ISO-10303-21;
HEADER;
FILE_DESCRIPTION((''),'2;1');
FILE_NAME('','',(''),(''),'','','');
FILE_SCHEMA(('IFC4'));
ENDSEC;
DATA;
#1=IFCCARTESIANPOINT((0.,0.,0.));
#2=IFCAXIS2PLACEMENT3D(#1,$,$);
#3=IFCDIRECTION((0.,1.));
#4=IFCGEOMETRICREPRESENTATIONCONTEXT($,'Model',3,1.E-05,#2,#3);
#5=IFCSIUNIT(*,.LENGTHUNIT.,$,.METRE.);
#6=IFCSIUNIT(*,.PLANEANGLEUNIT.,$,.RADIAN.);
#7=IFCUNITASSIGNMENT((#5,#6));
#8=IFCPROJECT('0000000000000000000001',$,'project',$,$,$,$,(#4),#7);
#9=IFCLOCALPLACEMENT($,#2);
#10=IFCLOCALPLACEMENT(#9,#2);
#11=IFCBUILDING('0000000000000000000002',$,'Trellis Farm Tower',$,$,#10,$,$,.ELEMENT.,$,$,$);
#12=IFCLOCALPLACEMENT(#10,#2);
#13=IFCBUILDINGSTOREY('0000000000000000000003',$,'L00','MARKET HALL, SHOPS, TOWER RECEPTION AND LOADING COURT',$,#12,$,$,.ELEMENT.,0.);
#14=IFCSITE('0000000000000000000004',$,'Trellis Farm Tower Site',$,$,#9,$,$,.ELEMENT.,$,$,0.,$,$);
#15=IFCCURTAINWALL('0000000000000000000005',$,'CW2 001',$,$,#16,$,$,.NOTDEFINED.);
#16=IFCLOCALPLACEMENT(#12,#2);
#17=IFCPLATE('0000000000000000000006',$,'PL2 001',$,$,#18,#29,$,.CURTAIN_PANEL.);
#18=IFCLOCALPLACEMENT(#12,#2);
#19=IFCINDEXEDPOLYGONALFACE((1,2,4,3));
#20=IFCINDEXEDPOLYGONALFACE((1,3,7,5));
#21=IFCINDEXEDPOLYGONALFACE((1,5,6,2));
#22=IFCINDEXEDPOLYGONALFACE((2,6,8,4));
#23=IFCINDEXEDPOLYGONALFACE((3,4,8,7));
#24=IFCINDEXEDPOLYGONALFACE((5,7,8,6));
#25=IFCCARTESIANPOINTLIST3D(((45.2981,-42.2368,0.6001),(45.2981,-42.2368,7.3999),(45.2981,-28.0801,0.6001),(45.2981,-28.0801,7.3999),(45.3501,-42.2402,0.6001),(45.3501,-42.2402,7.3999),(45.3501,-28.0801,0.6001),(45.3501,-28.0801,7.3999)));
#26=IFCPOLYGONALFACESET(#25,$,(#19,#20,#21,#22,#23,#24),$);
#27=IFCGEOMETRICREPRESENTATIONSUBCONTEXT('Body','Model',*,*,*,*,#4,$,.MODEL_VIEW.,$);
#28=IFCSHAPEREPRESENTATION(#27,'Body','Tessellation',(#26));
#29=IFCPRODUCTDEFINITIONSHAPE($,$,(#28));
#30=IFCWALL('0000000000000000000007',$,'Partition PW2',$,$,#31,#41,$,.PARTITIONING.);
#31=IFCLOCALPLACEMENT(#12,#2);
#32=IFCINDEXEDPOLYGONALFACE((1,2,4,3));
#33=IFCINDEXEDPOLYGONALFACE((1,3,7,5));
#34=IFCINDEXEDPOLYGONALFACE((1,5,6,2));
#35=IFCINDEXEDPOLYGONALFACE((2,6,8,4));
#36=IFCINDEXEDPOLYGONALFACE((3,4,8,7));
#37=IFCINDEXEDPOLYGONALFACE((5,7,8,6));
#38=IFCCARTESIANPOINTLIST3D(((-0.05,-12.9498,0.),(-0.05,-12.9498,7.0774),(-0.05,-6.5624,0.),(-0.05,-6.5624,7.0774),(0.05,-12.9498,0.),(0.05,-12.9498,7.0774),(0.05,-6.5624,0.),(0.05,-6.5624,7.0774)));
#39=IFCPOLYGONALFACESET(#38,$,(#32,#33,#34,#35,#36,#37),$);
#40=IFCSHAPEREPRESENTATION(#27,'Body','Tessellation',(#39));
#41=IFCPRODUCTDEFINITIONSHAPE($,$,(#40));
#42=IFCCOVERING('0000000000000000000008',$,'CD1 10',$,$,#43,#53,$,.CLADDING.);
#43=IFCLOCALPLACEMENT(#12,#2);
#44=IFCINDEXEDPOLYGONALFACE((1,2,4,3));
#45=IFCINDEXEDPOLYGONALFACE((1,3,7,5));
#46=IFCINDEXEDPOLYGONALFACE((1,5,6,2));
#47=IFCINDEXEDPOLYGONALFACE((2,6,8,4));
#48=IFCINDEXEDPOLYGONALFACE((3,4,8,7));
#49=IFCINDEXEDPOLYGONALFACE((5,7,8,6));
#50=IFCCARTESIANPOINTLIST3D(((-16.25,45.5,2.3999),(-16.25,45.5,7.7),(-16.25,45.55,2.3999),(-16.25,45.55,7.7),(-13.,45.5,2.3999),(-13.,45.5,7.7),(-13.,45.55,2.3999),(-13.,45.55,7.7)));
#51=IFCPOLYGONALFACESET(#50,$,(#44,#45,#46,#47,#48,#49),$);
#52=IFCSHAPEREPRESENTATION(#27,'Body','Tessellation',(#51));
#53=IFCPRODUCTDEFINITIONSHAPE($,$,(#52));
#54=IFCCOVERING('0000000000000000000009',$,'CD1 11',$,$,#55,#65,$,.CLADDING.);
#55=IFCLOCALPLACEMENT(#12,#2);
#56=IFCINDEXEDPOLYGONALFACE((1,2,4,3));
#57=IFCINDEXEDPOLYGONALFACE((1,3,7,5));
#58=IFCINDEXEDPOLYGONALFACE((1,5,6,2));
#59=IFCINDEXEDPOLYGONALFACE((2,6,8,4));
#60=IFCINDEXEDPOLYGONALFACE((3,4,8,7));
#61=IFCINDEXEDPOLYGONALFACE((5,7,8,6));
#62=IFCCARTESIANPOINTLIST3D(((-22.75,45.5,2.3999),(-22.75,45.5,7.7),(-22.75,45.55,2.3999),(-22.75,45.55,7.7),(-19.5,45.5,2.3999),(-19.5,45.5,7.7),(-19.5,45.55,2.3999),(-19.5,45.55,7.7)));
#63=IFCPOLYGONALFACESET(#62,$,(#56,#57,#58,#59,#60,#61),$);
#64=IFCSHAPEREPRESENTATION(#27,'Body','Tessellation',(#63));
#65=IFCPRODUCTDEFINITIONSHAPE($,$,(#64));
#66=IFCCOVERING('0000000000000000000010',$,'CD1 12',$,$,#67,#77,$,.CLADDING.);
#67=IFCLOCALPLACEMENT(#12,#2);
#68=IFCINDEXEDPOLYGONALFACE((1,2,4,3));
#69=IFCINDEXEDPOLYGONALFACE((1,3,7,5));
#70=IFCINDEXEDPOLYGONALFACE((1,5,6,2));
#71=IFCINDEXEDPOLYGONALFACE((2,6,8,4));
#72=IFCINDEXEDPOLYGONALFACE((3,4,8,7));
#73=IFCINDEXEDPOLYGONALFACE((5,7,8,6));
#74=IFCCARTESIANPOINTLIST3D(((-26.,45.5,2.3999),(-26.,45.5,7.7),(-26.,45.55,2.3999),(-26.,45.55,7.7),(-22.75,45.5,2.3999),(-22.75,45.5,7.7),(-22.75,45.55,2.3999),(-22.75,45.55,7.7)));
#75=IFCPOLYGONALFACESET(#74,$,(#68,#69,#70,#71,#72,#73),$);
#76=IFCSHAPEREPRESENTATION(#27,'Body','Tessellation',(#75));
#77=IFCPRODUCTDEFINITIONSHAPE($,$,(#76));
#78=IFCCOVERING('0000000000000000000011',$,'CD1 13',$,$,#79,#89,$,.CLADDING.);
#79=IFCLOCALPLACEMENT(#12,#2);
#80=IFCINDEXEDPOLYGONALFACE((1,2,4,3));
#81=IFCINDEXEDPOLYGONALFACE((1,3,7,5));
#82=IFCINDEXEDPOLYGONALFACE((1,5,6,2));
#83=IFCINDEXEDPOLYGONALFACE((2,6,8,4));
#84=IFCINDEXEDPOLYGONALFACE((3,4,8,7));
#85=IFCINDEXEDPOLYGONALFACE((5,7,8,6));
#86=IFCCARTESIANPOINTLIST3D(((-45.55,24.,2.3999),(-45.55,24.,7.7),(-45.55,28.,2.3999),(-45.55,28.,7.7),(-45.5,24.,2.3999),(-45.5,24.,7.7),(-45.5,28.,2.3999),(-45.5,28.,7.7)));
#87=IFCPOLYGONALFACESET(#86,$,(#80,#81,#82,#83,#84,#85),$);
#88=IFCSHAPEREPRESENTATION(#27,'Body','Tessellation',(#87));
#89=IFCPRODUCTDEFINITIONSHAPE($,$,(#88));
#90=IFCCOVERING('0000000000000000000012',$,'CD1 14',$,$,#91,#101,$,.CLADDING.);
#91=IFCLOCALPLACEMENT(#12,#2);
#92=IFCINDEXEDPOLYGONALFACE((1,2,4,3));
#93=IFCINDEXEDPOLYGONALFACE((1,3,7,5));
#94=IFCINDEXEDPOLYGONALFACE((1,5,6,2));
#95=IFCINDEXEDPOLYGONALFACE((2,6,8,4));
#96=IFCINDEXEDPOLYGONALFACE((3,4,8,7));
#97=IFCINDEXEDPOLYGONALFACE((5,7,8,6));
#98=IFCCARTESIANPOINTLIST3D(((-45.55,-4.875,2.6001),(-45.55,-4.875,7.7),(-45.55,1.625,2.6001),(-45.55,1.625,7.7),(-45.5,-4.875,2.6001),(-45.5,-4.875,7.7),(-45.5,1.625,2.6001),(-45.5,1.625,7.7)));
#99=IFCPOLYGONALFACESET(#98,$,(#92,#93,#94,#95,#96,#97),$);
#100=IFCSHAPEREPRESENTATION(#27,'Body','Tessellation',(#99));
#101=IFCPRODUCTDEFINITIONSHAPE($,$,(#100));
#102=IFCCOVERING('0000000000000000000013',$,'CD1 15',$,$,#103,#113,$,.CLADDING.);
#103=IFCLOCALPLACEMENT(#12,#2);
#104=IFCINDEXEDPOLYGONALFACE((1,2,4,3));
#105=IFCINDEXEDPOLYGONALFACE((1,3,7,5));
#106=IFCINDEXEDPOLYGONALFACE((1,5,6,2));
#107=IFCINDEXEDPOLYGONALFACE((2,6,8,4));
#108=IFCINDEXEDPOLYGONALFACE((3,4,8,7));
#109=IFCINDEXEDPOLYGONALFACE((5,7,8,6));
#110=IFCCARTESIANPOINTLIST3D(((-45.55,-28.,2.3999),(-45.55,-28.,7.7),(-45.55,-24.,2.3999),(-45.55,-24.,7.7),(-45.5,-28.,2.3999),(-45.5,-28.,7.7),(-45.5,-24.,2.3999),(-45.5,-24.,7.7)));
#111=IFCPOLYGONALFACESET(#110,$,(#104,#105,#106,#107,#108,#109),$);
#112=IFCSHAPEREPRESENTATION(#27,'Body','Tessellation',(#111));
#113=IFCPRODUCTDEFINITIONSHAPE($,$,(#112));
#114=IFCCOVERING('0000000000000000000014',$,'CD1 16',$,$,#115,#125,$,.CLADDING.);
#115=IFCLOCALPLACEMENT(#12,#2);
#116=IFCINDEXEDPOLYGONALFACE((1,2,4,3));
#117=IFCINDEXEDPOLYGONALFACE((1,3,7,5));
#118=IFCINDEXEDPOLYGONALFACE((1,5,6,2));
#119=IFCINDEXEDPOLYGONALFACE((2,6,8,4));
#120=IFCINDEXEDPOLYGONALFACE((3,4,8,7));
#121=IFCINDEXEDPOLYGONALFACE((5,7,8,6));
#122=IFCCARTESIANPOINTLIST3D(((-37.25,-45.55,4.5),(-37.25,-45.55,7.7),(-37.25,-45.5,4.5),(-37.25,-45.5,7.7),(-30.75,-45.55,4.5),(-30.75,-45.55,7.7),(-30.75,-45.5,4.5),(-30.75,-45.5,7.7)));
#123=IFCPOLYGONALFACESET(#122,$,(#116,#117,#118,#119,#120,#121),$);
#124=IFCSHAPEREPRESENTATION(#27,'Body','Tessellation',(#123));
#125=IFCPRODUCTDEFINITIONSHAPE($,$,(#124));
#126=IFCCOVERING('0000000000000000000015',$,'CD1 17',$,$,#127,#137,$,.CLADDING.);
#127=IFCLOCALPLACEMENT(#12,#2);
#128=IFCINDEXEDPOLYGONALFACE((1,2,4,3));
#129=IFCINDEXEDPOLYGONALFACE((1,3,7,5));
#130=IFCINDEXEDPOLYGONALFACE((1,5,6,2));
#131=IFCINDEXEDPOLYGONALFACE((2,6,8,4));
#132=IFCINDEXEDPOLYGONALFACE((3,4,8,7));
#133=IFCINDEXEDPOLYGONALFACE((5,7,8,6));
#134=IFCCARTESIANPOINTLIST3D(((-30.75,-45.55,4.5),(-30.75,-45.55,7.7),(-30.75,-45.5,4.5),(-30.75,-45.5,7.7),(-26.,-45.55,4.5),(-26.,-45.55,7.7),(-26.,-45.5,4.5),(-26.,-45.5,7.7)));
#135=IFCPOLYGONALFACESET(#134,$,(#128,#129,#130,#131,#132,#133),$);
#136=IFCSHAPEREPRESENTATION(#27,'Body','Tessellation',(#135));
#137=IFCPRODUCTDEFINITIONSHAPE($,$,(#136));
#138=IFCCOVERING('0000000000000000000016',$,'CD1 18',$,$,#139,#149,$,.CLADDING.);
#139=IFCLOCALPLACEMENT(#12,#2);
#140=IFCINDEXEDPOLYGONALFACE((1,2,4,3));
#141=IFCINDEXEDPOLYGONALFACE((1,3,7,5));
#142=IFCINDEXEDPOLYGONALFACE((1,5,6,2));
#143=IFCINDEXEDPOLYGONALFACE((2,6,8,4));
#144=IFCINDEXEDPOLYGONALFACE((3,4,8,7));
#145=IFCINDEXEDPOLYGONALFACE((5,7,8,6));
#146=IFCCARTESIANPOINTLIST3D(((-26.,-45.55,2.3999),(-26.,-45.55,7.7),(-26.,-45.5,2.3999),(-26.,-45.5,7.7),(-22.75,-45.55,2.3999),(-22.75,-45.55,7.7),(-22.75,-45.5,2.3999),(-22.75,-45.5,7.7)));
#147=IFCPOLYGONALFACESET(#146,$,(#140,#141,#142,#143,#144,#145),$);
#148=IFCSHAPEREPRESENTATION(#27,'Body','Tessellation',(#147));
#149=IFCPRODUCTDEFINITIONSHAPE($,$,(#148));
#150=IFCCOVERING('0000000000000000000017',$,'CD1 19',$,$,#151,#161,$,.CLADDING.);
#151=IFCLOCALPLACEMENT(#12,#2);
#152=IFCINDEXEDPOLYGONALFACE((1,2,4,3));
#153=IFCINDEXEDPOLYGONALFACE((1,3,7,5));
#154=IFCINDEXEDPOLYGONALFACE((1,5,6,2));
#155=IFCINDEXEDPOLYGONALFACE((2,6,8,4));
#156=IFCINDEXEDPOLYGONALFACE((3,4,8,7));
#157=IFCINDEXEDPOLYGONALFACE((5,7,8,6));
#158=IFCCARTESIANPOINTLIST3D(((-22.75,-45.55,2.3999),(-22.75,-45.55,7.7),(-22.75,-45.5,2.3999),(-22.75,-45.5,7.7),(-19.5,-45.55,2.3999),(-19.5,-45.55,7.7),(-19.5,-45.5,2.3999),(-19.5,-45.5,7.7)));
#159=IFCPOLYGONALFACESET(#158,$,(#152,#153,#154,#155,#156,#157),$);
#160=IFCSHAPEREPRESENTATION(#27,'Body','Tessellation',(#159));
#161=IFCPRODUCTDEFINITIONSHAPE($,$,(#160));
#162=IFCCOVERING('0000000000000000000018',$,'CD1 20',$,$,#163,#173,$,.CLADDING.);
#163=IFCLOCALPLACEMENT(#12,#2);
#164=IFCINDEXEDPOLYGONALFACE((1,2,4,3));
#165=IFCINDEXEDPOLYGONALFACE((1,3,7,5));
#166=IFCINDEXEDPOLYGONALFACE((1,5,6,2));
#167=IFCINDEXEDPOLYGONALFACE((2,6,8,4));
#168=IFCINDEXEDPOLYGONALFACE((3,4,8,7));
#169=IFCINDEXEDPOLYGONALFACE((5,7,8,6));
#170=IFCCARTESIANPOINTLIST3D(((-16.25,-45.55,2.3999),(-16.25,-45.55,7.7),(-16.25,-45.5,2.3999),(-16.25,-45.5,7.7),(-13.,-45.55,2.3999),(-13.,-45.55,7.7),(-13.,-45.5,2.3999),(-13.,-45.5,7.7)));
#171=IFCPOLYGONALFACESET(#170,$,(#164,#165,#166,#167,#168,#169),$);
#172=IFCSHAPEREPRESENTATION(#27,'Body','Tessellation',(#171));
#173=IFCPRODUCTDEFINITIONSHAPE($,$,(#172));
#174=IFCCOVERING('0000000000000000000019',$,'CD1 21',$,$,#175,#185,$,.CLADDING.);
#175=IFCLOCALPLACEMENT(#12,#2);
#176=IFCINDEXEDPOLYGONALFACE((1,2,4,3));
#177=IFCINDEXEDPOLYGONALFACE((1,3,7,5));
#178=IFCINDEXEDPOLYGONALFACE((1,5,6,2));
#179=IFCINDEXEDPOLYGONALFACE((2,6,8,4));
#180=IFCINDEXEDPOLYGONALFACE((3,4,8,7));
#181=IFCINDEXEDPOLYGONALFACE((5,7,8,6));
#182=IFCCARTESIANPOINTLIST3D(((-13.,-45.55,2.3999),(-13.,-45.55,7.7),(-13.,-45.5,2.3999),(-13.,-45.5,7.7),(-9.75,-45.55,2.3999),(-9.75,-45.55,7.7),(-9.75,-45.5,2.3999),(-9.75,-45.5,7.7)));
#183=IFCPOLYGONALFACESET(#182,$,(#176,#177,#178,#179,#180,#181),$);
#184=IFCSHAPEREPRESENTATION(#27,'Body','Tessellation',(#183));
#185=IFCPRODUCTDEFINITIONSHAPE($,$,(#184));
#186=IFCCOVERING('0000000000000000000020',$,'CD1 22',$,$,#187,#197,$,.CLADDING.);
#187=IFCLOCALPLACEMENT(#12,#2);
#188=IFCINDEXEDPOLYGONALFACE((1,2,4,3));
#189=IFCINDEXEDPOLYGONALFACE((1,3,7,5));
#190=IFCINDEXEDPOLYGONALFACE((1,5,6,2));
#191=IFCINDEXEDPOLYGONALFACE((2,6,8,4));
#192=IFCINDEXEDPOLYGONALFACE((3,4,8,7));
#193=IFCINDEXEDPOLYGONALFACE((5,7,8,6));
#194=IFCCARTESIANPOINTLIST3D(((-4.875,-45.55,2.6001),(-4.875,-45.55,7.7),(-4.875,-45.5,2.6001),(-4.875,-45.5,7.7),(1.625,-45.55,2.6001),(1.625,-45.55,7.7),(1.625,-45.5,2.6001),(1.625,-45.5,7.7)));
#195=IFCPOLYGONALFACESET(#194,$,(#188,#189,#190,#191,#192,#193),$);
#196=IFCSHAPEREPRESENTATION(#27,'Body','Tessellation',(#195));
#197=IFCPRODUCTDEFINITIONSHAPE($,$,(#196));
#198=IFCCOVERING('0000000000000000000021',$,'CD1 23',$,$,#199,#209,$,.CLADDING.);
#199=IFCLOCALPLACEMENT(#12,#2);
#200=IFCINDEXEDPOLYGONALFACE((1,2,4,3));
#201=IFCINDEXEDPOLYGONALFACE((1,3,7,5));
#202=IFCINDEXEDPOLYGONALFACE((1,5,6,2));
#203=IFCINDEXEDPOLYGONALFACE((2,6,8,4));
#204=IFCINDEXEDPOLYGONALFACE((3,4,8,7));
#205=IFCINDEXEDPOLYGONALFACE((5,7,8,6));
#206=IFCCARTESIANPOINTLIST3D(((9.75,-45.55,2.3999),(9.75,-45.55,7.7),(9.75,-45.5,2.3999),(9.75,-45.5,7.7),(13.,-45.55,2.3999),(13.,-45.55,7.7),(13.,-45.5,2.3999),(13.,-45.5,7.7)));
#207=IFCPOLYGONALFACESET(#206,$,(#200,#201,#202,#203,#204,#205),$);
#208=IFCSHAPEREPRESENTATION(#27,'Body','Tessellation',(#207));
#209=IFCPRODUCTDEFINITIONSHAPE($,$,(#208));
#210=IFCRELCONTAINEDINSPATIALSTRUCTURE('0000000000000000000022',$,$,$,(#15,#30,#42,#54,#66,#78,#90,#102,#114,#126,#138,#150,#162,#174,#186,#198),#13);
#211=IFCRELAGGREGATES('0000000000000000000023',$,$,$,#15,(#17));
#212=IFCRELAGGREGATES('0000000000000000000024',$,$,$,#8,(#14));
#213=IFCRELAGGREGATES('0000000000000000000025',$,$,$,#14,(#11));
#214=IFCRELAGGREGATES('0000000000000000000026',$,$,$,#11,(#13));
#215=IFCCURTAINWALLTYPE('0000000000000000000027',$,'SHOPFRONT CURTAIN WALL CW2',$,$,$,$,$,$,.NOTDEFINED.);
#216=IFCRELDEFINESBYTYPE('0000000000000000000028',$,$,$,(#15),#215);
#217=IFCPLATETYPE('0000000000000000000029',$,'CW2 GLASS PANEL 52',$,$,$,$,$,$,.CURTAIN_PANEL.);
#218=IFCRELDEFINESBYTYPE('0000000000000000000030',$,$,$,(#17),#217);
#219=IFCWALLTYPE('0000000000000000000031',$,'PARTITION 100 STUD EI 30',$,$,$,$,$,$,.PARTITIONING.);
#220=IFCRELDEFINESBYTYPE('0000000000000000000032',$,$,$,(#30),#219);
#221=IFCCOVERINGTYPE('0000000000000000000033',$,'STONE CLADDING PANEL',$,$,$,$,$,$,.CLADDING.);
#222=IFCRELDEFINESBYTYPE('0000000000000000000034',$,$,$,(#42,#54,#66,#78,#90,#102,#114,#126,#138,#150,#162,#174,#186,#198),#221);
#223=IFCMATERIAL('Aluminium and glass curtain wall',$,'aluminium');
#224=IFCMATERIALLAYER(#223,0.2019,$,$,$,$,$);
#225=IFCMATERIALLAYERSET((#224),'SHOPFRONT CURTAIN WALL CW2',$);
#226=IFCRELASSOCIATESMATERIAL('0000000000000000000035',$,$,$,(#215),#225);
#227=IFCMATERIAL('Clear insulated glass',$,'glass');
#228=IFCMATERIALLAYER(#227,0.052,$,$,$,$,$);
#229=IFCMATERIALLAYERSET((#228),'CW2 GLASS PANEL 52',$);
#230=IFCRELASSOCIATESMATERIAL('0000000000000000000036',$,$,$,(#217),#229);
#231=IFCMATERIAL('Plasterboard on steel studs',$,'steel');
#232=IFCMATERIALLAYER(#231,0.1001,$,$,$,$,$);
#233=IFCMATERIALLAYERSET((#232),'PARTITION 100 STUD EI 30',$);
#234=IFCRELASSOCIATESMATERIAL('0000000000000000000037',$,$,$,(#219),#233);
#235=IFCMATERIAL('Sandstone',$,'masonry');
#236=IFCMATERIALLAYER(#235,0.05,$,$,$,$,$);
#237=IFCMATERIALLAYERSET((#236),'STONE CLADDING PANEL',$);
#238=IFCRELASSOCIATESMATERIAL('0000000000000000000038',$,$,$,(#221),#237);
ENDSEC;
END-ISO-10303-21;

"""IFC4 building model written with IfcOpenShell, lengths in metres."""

from ifc_helpers import new_model, si_unit, direction, frame, frame_2d, origin, place, context, subcontext, project, spatial, polyline, rectangle, outline, extrude, material, layer, layer_set, type_object, element, aggregate, save


model = new_model("IFC4")

# Units and contexts
model_context = context("Model", 3, precision=1e-05, world=origin(), true_north=direction((0.0, 1.0)))
body_context = subcontext(model_context, "Body", "Model", "MODEL_VIEW")
ifc_project = project(units=[si_unit("LENGTHUNIT", "METRE"), si_unit("PLANEANGLEUNIT", "RADIAN")], contexts=[model_context])

# Site, building, storey
site_placement = place(None, origin())
site = spatial("IfcSite", under=ifc_project, at=site_placement, Name="Trellis Farm Tower Site", CompositionType="ELEMENT", RefElevation=0.0)
building_placement = place(site_placement, origin())
building = spatial("IfcBuilding", under=site, at=building_placement, Name="Trellis Farm Tower", CompositionType="ELEMENT")
storey_placement = place(building_placement, origin())
storey = spatial("IfcBuildingStorey", under=building, at=storey_placement, Name="L00", Description="MARKET HALL, SHOPS, TOWER RECEPTION AND LOADING COURT", CompositionType="ELEMENT", Elevation=0.0)

# Curtain wall, plate
ifc_material_1 = material(Name="Aluminium and glass curtain wall", Category="aluminium")
ifc_layer_1 = layer(ifc_material_1, 0.2019)
ifc_layer_set_1 = layer_set([ifc_layer_1], Name="SHOPFRONT CURTAIN WALL CW2")
curtain_wall_type = type_object("IfcCurtainWallType", Name="SHOPFRONT CURTAIN WALL CW2", PredefinedType="NOTDEFINED", material=ifc_layer_set_1)
curtain_wall_placement = place(storey_placement, origin())
curtain_wall = element("IfcCurtainWall", 1, at=curtain_wall_placement, inside=storey, type_object=curtain_wall_type, Name="CW2 001", PredefinedType="NOTDEFINED")
ifc_material_2 = material(Name="Clear insulated glass", Category="glass")
ifc_layer_2 = layer(ifc_material_2, 0.052)
ifc_layer_set_2 = layer_set([ifc_layer_2], Name="CW2 GLASS PANEL 52")
plate_type = type_object("IfcPlateType", Name="CW2 GLASS PANEL 52", PredefinedType="CURTAIN_PANEL", material=ifc_layer_set_2)
plate_placement = place(storey_placement, frame((0.0, 0.0, 0.6001)))
plate = element("IfcPlate", 2, at=plate_placement, type_object=plate_type, Name="PL2 001", PredefinedType="CURTAIN_PANEL", context=body_context, shape_type="SweptSolid", body=[
    extrude(outline(polyline([(45.3501, -42.2402), (45.3501, -28.0801), (45.2981, -28.0801), (45.2981, -42.2368), (45.3501, -42.2402)])), origin(), (0.0, 0.0, 1.0), 6.7998),
])
aggregate(curtain_wall, [plate])

# Wall
ifc_material_3 = material(Name="Plasterboard on steel studs", Category="steel")
ifc_layer_3 = layer(ifc_material_3, 0.1001)
ifc_layer_set_3 = layer_set([ifc_layer_3], Name="PARTITION 100 STUD EI 30")
wall_type = type_object("IfcWallType", Name="PARTITION 100 STUD EI 30", PredefinedType="PARTITIONING", material=ifc_layer_set_3)
wall_placement = place(storey_placement, frame((0.0, -12.95, 0.0), z_axis=(0.0, 0.0, 1.0), x_axis=(0.0, 1.0, 0.0)))
element("IfcWall", 3, at=wall_placement, inside=storey, type_object=wall_type, Name="Partition PW2", PredefinedType="PARTITIONING", context=body_context, shape_type="SweptSolid", body=[
    extrude(rectangle(XDim=6.3875, YDim=0.1001, at=frame_2d((3.1938, 0.0))), origin(), (0.0, 0.0, 1.0), 7.0774),
])

# Coverings
ifc_material_4 = material(Name="Sandstone", Category="masonry")
ifc_layer_4 = layer(ifc_material_4, 0.05)
ifc_layer_set_4 = layer_set([ifc_layer_4], Name="STONE CLADDING PANEL")
covering_type = type_object("IfcCoveringType", Name="STONE CLADDING PANEL", PredefinedType="CLADDING", material=ifc_layer_set_4)
placement_1 = place(storey_placement, frame((0.0, 0.0, 2.3999)))
element("IfcCovering", 4, at=placement_1, inside=storey, type_object=covering_type, Name="CD1 10", PredefinedType="CLADDING", context=body_context, shape_type="SweptSolid", body=[
    extrude(outline(polyline([(-13.0, 45.55), (-16.25, 45.55), (-16.25, 45.5), (-13.0, 45.5), (-13.0, 45.55)])), origin(), (0.0, 0.0, 1.0), 5.3),
])
element("IfcCovering", 5, at=placement_1, inside=storey, type_object=covering_type, Name="CD1 11", PredefinedType="CLADDING", context=body_context, shape_type="SweptSolid", body=[
    extrude(outline(polyline([(-19.5, 45.55), (-22.75, 45.55), (-22.75, 45.5), (-19.5, 45.5), (-19.5, 45.55)])), origin(), (0.0, 0.0, 1.0), 5.3),
])
element("IfcCovering", 6, at=placement_1, inside=storey, type_object=covering_type, Name="CD1 12", PredefinedType="CLADDING", context=body_context, shape_type="SweptSolid", body=[
    extrude(outline(polyline([(-22.75, 45.55), (-26.0, 45.55), (-26.0, 45.5), (-22.75, 45.5), (-22.75, 45.55)])), origin(), (0.0, 0.0, 1.0), 5.3),
])
element("IfcCovering", 7, at=placement_1, inside=storey, type_object=covering_type, Name="CD1 13", PredefinedType="CLADDING", context=body_context, shape_type="SweptSolid", body=[
    extrude(outline(polyline([(-45.55, 28.0), (-45.55, 24.0), (-45.5, 24.0), (-45.5, 28.0), (-45.55, 28.0)])), origin(), (0.0, 0.0, 1.0), 5.3),
])
placement_2 = place(storey_placement, frame((0.0, 0.0, 2.6001)))
element("IfcCovering", 8, at=placement_2, inside=storey, type_object=covering_type, Name="CD1 14", PredefinedType="CLADDING", context=body_context, shape_type="SweptSolid", body=[
    extrude(outline(polyline([(-45.55, 1.625), (-45.55, -4.875), (-45.5, -4.875), (-45.5, 1.625), (-45.55, 1.625)])), origin(), (0.0, 0.0, 1.0), 5.0999),
])
element("IfcCovering", 9, at=placement_1, inside=storey, type_object=covering_type, Name="CD1 15", PredefinedType="CLADDING", context=body_context, shape_type="SweptSolid", body=[
    extrude(outline(polyline([(-45.55, -24.0), (-45.55, -28.0), (-45.5, -28.0), (-45.5, -24.0), (-45.55, -24.0)])), origin(), (0.0, 0.0, 1.0), 5.3),
])
placement_3 = place(storey_placement, frame((0.0, 0.0, 4.5)))
element("IfcCovering", 10, at=placement_3, inside=storey, type_object=covering_type, Name="CD1 16", PredefinedType="CLADDING", context=body_context, shape_type="SweptSolid", body=[
    extrude(outline(polyline([(-37.25, -45.55), (-30.75, -45.55), (-30.75, -45.5), (-37.25, -45.5), (-37.25, -45.55)])), origin(), (0.0, 0.0, 1.0), 3.2),
])
element("IfcCovering", 11, at=placement_3, inside=storey, type_object=covering_type, Name="CD1 17", PredefinedType="CLADDING", context=body_context, shape_type="SweptSolid", body=[
    extrude(outline(polyline([(-30.75, -45.55), (-26.0, -45.55), (-26.0, -45.5), (-30.75, -45.5), (-30.75, -45.55)])), origin(), (0.0, 0.0, 1.0), 3.2),
])
element("IfcCovering", 12, at=placement_1, inside=storey, type_object=covering_type, Name="CD1 18", PredefinedType="CLADDING", context=body_context, shape_type="SweptSolid", body=[
    extrude(outline(polyline([(-26.0, -45.55), (-22.75, -45.55), (-22.75, -45.5), (-26.0, -45.5), (-26.0, -45.55)])), origin(), (0.0, 0.0, 1.0), 5.3),
])
element("IfcCovering", 13, at=placement_1, inside=storey, type_object=covering_type, Name="CD1 19", PredefinedType="CLADDING", context=body_context, shape_type="SweptSolid", body=[
    extrude(outline(polyline([(-22.75, -45.55), (-19.5, -45.55), (-19.5, -45.5), (-22.75, -45.5), (-22.75, -45.55)])), origin(), (0.0, 0.0, 1.0), 5.3),
])
element("IfcCovering", 14, at=placement_1, inside=storey, type_object=covering_type, Name="CD1 20", PredefinedType="CLADDING", context=body_context, shape_type="SweptSolid", body=[
    extrude(outline(polyline([(-16.25, -45.55), (-13.0, -45.55), (-13.0, -45.5), (-16.25, -45.5), (-16.25, -45.55)])), origin(), (0.0, 0.0, 1.0), 5.3),
])
element("IfcCovering", 15, at=placement_1, inside=storey, type_object=covering_type, Name="CD1 21", PredefinedType="CLADDING", context=body_context, shape_type="SweptSolid", body=[
    extrude(outline(polyline([(-13.0, -45.55), (-9.75, -45.55), (-9.75, -45.5), (-13.0, -45.5), (-13.0, -45.55)])), origin(), (0.0, 0.0, 1.0), 5.3),
])
element("IfcCovering", 16, at=placement_2, inside=storey, type_object=covering_type, Name="CD1 22", PredefinedType="CLADDING", context=body_context, shape_type="SweptSolid", body=[
    extrude(outline(polyline([(-4.875, -45.55), (1.625, -45.55), (1.625, -45.5), (-4.875, -45.5), (-4.875, -45.55)])), origin(), (0.0, 0.0, 1.0), 5.0999),
])
element("IfcCovering", 17, at=placement_1, inside=storey, type_object=covering_type, Name="CD1 23", PredefinedType="CLADDING", context=body_context, shape_type="SweptSolid", body=[
    extrude(outline(polyline([(9.75, -45.55), (13.0, -45.55), (13.0, -45.5), (9.75, -45.5), (9.75, -45.55)])), origin(), (0.0, 0.0, 1.0), 5.3),
])

save(model, "model.ifc")
